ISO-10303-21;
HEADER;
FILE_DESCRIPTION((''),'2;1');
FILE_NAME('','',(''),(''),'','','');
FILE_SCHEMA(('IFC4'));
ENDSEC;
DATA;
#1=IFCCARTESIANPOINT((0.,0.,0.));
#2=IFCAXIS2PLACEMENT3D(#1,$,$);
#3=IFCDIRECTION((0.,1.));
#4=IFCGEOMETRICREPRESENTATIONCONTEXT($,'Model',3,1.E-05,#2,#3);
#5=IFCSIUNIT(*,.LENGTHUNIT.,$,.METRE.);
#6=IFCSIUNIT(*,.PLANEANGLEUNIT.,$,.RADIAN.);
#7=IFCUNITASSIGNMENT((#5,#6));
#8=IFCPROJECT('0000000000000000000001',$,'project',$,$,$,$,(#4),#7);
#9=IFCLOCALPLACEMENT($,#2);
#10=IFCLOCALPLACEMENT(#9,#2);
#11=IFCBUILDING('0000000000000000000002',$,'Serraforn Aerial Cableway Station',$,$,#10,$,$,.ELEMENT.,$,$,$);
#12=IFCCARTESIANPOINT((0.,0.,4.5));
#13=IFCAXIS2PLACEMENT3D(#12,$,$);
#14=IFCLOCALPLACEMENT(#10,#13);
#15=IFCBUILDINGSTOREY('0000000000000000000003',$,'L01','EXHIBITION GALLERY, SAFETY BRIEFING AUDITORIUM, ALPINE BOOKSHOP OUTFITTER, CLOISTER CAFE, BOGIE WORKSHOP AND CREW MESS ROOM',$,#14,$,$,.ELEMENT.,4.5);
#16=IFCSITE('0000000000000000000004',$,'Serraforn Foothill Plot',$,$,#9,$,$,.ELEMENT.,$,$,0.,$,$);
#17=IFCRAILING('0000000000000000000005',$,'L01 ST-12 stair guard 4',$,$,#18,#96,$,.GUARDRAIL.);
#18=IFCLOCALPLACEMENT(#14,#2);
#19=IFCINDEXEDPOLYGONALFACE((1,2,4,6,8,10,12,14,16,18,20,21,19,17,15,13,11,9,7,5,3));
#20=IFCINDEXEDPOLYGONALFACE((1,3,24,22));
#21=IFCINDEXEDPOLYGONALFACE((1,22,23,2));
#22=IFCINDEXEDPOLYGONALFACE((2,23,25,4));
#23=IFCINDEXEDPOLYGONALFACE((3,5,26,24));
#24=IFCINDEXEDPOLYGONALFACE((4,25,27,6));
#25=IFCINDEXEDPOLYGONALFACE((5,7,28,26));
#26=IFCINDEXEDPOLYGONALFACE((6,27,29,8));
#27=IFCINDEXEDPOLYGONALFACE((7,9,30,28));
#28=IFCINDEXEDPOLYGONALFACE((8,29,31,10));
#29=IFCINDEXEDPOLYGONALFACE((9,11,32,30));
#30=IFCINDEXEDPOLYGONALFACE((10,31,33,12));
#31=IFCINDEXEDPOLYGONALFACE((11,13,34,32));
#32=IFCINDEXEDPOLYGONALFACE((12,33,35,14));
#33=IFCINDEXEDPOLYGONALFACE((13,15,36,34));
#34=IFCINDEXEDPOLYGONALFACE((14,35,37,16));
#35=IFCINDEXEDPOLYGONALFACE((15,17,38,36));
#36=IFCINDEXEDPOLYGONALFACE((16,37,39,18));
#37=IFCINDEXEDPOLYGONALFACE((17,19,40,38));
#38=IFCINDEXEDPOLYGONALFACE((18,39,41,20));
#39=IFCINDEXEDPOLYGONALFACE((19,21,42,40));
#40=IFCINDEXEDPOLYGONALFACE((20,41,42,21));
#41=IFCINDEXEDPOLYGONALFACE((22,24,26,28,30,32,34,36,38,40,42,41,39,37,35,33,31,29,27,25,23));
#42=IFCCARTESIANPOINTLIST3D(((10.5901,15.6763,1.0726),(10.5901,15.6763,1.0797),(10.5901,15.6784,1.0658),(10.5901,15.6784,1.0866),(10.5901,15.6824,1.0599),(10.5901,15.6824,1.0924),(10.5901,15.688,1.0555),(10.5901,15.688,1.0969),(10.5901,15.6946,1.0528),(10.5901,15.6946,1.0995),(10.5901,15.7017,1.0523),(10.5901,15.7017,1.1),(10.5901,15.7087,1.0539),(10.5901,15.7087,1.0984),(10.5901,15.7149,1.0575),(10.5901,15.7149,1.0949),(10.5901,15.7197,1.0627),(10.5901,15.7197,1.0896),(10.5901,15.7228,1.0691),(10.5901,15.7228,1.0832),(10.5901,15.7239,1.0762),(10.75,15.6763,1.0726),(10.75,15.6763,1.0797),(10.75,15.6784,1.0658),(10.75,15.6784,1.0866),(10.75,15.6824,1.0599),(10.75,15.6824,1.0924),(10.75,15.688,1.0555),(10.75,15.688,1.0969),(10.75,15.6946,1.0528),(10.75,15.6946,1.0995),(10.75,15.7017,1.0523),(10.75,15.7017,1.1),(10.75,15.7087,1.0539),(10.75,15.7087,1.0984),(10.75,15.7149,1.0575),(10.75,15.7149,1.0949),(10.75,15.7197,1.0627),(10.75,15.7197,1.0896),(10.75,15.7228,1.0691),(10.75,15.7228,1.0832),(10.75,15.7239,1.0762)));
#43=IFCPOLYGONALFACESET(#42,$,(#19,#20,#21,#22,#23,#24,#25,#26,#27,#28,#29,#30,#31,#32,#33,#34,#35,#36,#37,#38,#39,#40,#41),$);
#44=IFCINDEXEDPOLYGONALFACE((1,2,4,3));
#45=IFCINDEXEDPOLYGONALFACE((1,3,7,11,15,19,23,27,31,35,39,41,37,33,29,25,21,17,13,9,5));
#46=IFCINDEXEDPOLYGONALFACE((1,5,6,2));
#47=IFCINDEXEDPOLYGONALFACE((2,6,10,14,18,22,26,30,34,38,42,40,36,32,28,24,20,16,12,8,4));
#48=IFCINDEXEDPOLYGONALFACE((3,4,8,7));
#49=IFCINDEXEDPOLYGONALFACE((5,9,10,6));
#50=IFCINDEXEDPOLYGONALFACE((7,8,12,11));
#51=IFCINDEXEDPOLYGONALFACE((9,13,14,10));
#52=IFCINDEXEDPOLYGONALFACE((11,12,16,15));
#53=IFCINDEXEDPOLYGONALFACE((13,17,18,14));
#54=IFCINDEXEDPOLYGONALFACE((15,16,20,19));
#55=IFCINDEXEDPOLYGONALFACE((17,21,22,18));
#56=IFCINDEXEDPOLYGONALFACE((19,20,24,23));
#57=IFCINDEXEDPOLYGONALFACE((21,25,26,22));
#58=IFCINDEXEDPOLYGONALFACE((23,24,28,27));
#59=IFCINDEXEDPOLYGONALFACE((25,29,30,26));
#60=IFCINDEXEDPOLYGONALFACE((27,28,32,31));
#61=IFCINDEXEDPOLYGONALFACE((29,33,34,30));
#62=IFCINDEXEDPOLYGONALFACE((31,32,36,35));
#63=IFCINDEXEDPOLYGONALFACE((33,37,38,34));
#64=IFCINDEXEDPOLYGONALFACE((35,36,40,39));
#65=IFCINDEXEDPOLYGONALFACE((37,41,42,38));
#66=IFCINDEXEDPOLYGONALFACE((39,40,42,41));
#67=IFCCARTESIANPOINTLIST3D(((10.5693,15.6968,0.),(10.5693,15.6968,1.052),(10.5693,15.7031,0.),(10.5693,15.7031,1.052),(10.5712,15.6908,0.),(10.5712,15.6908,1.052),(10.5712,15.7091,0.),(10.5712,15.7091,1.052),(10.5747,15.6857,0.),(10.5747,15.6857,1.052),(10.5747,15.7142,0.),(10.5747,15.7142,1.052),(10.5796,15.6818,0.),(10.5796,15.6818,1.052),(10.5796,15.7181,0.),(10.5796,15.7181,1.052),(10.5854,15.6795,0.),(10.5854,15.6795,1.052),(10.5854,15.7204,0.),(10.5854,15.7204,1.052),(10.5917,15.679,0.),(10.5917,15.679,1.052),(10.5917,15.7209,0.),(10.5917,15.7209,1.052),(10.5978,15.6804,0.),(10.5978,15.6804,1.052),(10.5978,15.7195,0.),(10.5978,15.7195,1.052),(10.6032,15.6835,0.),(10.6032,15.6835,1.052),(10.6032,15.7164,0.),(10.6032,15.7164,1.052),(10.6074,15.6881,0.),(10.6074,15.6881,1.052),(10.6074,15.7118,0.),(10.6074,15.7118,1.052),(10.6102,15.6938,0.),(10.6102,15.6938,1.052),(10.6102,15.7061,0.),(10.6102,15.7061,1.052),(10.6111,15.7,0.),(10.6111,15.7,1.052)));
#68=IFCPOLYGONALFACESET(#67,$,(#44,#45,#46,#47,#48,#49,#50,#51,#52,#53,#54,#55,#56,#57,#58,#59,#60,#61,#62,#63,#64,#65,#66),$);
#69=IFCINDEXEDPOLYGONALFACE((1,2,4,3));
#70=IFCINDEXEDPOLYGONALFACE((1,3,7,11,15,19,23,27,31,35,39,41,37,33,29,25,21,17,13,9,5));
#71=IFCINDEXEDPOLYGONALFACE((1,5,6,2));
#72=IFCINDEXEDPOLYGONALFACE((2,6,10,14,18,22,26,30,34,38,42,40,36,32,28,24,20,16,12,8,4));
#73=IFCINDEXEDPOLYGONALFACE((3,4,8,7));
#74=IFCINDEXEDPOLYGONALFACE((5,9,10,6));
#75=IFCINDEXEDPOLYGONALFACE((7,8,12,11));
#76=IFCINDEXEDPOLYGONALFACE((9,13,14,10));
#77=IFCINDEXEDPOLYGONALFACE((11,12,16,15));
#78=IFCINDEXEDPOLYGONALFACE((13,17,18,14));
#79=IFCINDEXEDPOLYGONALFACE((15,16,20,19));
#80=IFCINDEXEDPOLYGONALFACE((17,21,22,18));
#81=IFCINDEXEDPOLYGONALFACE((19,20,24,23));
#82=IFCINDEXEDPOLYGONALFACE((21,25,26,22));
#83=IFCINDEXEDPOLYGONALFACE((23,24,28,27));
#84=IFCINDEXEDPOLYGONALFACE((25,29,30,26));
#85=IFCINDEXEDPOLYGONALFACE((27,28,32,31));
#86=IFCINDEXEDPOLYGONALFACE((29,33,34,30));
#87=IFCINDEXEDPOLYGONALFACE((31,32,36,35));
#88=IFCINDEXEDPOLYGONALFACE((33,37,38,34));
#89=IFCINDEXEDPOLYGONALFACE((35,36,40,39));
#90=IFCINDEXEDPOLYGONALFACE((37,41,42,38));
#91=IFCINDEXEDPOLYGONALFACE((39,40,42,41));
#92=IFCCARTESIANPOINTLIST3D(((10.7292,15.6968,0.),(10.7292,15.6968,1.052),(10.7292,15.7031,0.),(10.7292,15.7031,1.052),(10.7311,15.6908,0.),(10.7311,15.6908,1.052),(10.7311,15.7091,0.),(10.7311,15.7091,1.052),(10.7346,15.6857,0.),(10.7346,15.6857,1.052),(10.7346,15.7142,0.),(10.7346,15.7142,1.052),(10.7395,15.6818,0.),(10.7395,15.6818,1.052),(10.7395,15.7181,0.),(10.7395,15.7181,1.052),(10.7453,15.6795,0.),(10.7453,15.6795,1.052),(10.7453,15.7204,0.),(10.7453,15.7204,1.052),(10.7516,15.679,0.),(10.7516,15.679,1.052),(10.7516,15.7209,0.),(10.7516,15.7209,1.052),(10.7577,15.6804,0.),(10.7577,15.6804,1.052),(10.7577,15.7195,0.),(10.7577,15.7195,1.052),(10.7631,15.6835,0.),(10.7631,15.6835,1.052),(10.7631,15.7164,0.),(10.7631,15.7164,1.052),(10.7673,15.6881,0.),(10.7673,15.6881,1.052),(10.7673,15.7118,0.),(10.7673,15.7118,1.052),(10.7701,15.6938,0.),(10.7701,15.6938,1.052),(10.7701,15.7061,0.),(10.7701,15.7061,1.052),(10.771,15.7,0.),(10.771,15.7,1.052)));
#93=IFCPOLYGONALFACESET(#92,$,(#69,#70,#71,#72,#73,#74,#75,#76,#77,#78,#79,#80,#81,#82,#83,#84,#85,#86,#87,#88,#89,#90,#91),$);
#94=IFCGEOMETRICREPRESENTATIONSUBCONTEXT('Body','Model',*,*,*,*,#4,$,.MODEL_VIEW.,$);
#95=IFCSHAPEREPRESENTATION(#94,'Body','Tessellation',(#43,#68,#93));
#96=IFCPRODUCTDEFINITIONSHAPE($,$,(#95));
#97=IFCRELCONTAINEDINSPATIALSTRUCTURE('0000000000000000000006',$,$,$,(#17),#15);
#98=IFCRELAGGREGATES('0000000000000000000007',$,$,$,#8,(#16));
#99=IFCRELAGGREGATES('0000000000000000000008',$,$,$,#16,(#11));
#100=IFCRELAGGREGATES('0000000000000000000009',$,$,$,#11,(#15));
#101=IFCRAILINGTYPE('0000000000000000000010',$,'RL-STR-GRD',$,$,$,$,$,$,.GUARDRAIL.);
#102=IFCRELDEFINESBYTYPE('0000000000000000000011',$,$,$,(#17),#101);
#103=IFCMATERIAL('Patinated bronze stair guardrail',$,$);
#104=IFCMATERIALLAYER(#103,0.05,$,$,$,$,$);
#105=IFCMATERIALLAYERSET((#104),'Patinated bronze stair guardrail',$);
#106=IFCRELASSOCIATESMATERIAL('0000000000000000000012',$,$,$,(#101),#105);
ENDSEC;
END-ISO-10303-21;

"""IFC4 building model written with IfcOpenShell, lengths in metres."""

from ifc_helpers import new_model, si_unit, direction, frame, origin, origin_2d, place, context, subcontext, project, spatial, circle, extrude, material, layer, layer_set, type_object, element, save


model = new_model("IFC4")

# Units and contexts
model_context = context("Model", 3, precision=1e-05, world=origin(), true_north=direction((0.0, 1.0)))
body_context = subcontext(model_context, "Body", "Model", "MODEL_VIEW")
ifc_project = project(units=[si_unit("LENGTHUNIT", "METRE"), si_unit("PLANEANGLEUNIT", "RADIAN")], contexts=[model_context])

# Site, building, storey
site_placement = place(None, origin())
site = spatial("IfcSite", under=ifc_project, at=site_placement, Name="Serraforn Foothill Plot", CompositionType="ELEMENT", RefElevation=0.0)
building_placement = place(site_placement, origin())
building = spatial("IfcBuilding", under=site, at=building_placement, Name="Serraforn Aerial Cableway Station", CompositionType="ELEMENT")
storey_placement = place(building_placement, frame((0.0, 0.0, 4.5)))
storey = spatial("IfcBuildingStorey", under=building, at=storey_placement, Name="L01", Description="EXHIBITION GALLERY, SAFETY BRIEFING AUDITORIUM, ALPINE BOOKSHOP OUTFITTER, CLOISTER CAFE, BOGIE WORKSHOP AND CREW MESS ROOM", CompositionType="ELEMENT", Elevation=4.5)

# Railing
ifc_material_1 = material(Name="Patinated bronze stair guardrail")
ifc_layer_1 = layer(ifc_material_1, 0.05)
ifc_layer_set_1 = layer_set([ifc_layer_1], Name="Patinated bronze stair guardrail")
railing_type_1 = type_object("IfcRailingType", Name="RL-STR-GRD", PredefinedType="GUARDRAIL", material=ifc_layer_set_1)
railing_1_placement = place(storey_placement, frame((10.5901, 15.7, 0.0)))
element("IfcRailing", 1, at=railing_1_placement, inside=storey, type_object=railing_type_1, Name="L01 ST-12 stair guard 4", PredefinedType="GUARDRAIL", context=body_context, shape_type="SweptSolid", body=[
    extrude(circle(Radius=0.0239, at=origin_2d()), frame((0.0, 0.0, 1.0762), z_axis=(1.0, 0.0, 0.0), x_axis=(0.0, 1.0, 0.0)), (0.0, 0.0, 1.0), 0.1599),
    extrude(circle(Radius=0.021, at=origin_2d()), origin(), (0.0, 0.0, 1.0), 1.052),
    extrude(circle(Radius=0.021, at=origin_2d()), frame((0.1599, 0.0, 0.0)), (0.0, 0.0, 1.0), 1.052),
])

save(model, "model.ifc")
